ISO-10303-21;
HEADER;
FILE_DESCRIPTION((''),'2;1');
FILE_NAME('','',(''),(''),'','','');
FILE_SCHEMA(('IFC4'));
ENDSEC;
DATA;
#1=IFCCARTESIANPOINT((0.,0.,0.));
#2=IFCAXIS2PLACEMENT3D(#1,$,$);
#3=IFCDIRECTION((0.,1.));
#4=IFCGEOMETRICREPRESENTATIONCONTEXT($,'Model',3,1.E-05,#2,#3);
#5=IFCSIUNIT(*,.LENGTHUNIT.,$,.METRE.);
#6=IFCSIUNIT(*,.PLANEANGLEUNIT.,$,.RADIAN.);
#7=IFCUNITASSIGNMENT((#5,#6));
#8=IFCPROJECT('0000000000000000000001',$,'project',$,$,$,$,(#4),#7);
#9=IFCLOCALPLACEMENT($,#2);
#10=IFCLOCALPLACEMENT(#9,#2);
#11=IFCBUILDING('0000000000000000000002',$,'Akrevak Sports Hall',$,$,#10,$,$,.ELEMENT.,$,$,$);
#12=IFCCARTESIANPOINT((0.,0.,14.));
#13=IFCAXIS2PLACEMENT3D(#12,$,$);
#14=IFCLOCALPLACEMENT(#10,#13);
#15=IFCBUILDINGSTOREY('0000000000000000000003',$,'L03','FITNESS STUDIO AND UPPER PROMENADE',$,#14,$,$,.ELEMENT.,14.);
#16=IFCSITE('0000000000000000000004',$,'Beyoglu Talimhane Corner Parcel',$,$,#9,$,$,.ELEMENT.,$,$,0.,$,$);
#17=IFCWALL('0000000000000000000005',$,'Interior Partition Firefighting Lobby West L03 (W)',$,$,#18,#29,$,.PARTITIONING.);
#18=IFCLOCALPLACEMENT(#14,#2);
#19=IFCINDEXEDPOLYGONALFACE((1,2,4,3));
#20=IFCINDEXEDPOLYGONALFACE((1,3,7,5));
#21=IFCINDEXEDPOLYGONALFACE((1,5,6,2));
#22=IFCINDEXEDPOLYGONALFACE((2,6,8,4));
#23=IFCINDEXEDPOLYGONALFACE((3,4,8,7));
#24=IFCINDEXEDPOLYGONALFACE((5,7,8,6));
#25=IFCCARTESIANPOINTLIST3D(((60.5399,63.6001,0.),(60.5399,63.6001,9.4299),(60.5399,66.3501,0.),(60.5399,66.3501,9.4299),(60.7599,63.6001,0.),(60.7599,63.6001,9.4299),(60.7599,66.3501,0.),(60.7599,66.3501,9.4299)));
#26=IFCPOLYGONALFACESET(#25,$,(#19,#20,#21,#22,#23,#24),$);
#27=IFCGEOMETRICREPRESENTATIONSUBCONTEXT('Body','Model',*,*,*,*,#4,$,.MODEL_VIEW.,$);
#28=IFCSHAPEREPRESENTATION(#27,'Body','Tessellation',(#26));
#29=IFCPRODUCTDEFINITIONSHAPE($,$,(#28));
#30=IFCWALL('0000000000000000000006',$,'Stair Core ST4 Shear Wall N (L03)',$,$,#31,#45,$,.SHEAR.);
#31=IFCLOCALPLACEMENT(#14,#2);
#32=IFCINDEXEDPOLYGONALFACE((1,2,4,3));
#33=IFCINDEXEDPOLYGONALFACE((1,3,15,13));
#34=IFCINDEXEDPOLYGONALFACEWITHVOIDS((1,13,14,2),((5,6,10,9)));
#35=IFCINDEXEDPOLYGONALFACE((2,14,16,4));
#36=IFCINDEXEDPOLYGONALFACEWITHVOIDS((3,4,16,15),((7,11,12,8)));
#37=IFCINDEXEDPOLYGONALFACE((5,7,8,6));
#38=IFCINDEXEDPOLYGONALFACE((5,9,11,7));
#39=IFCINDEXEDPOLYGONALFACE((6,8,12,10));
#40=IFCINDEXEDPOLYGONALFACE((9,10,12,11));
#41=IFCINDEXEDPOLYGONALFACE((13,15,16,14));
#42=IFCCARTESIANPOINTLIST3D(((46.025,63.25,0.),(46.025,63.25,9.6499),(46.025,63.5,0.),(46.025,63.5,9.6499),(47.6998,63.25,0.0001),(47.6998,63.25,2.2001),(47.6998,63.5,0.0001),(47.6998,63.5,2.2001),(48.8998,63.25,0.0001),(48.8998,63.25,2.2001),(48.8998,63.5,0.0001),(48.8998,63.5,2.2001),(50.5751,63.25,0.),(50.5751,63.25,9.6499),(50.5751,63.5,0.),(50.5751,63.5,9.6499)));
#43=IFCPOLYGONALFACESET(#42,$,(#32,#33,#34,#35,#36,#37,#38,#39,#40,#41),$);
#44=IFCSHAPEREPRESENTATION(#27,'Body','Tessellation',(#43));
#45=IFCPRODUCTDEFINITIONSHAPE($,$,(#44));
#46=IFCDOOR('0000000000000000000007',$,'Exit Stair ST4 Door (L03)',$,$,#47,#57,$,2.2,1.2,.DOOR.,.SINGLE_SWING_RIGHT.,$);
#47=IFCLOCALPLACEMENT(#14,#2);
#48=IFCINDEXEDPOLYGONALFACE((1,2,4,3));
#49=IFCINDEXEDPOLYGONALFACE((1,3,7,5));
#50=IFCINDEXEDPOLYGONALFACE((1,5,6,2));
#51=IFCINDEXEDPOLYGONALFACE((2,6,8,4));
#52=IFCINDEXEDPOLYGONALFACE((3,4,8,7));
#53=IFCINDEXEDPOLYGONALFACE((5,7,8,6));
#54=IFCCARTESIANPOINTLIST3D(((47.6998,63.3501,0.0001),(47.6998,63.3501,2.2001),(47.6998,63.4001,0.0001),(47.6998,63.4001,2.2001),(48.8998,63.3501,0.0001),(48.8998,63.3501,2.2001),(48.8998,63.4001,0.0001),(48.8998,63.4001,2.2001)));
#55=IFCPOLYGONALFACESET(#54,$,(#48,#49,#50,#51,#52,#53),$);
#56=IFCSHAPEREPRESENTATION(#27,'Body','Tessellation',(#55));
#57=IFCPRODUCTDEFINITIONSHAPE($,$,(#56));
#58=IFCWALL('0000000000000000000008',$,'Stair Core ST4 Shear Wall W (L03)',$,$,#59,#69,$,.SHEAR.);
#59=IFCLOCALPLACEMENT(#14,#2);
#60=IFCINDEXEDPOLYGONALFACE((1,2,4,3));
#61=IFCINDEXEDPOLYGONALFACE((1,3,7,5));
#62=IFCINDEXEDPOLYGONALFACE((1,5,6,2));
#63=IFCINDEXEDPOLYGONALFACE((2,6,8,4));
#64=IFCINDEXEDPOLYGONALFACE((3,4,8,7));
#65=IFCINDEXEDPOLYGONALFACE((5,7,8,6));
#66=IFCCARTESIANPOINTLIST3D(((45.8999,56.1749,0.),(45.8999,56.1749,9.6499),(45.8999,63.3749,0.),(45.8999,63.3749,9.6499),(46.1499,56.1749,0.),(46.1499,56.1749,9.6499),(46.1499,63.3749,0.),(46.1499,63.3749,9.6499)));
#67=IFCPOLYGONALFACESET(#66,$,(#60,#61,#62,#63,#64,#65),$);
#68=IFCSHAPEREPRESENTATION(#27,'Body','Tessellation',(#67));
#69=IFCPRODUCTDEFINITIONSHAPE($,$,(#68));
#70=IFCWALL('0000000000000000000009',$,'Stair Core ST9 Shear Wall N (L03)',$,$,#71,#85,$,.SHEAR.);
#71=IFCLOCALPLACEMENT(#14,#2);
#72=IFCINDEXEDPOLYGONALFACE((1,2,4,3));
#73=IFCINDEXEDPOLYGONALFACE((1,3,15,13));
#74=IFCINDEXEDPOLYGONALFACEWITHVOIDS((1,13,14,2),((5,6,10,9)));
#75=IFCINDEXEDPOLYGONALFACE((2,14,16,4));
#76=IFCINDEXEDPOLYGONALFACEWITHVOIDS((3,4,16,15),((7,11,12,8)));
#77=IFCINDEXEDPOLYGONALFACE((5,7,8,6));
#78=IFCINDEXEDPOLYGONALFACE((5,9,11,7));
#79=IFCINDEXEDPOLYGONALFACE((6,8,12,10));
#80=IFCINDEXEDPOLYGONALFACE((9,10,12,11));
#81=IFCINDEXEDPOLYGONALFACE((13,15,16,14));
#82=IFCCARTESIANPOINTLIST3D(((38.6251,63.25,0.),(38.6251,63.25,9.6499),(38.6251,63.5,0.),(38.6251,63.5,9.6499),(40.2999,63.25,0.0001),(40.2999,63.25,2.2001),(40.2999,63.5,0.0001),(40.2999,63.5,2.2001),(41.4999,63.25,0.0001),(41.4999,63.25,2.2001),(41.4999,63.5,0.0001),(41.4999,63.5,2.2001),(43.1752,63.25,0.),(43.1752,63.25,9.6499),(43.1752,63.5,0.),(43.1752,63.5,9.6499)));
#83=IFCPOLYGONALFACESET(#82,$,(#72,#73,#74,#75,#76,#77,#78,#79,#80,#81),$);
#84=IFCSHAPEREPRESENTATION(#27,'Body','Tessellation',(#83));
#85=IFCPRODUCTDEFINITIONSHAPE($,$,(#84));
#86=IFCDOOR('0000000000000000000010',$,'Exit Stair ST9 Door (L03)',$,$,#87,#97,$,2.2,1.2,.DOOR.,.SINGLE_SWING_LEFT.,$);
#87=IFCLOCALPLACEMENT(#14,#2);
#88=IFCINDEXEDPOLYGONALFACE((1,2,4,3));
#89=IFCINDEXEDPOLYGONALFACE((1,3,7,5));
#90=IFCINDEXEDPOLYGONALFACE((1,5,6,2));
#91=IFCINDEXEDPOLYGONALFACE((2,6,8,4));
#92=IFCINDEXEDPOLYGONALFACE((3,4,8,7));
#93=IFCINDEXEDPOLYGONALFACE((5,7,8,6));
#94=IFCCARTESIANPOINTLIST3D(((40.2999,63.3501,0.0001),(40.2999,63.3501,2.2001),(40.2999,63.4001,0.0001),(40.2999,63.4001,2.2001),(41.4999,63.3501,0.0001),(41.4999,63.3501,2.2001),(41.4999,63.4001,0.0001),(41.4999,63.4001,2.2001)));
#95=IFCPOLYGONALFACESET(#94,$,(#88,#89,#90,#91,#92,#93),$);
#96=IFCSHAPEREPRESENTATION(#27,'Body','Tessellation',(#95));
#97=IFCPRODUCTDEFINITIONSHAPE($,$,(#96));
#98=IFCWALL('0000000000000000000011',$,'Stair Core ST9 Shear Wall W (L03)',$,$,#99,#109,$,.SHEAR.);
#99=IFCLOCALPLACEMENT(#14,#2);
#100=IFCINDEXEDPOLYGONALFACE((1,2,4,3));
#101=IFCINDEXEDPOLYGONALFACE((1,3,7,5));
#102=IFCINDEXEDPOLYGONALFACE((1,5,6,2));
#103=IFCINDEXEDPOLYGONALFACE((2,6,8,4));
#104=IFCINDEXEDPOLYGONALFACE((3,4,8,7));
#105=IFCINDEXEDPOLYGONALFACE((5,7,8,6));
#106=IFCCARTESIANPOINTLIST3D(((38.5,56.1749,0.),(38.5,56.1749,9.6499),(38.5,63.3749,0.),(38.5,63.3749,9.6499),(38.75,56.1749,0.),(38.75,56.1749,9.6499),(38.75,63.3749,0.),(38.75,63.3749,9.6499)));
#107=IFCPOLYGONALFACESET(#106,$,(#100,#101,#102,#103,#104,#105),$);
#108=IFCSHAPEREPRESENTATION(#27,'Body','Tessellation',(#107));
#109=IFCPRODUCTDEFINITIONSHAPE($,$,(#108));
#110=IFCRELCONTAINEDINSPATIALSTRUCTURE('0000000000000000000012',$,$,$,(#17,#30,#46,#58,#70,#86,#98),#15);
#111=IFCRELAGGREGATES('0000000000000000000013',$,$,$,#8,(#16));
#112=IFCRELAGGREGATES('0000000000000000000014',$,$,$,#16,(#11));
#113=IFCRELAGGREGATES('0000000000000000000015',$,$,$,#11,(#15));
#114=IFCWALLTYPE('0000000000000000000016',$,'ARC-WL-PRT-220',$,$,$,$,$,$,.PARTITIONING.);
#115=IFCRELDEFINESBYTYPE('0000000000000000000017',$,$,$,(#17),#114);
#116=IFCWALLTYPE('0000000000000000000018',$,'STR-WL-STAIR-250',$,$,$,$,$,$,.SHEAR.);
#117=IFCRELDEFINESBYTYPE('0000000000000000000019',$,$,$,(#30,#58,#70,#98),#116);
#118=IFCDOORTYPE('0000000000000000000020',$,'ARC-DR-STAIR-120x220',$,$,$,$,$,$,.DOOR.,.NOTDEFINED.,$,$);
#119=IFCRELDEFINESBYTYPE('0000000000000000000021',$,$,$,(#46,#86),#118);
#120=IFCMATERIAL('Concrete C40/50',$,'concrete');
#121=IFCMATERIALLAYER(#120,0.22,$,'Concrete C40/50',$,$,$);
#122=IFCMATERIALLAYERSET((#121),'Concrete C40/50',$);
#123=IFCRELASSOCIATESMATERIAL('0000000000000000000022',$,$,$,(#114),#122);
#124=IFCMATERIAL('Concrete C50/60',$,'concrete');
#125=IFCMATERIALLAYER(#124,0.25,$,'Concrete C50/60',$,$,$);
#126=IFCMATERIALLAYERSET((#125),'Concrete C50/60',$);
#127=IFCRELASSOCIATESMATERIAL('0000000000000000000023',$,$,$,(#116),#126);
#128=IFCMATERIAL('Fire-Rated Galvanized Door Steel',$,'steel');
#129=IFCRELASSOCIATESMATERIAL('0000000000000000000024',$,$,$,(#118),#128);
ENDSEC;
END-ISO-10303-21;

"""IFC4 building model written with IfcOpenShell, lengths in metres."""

from ifc_helpers import new_model, si_unit, direction, frame, frame_2d, origin, place, context, subcontext, project, spatial, rectangle, extrude, material, layer, layer_set, type_object, element, fill, save


model = new_model("IFC4")

# Units and contexts
model_context = context("Model", 3, precision=1e-05, world=origin(), true_north=direction((0.0, 1.0)))
body_context = subcontext(model_context, "Body", "Model", "MODEL_VIEW")
ifc_project = project(units=[si_unit("LENGTHUNIT", "METRE"), si_unit("PLANEANGLEUNIT", "RADIAN")], contexts=[model_context])

# Site, building, storey
site_placement = place(None, origin())
site = spatial("IfcSite", under=ifc_project, at=site_placement, Name="Beyoglu Talimhane Corner Parcel", CompositionType="ELEMENT", RefElevation=0.0)
building_placement = place(site_placement, origin())
building = spatial("IfcBuilding", under=site, at=building_placement, Name="Akrevak Sports Hall", CompositionType="ELEMENT")
storey_placement = place(building_placement, frame((0.0, 0.0, 14.0)))
storey = spatial("IfcBuildingStorey", under=building, at=storey_placement, Name="L03", Description="FITNESS STUDIO AND UPPER PROMENADE", CompositionType="ELEMENT", Elevation=14.0)

# Shared definitions
ifc_material_1 = material(Name="Concrete C50/60", Category="concrete")
ifc_material_2 = material(Name="Concrete C40/50", Category="concrete")

# Shared definitions
ifc_layer_1 = layer(ifc_material_2, 0.22, Name="Concrete C40/50")
ifc_layer_set_1 = layer_set([ifc_layer_1], Name="Concrete C40/50")
wall_type_1 = type_object("IfcWallType", Name="ARC-WL-PRT-220", PredefinedType="PARTITIONING", material=ifc_layer_set_1)
ifc_material_3 = material(Name="Fire-Rated Galvanized Door Steel", Category="steel")

# Wall
wall_1_placement = place(storey_placement, frame((60.6499, 63.6001, 0.0), z_axis=(0.0, 0.0, 1.0), x_axis=(0.0, 1.0, 0.0)))
element("IfcWall", 1, at=wall_1_placement, inside=storey, type_object=wall_type_1, Name="Interior Partition Firefighting Lobby West L03 (W)", PredefinedType="PARTITIONING", context=body_context, shape_type="SweptSolid", body=[
    extrude(rectangle(XDim=2.75, YDim=0.22, at=frame_2d((1.375, 0.0))), origin(), (0.0, 0.0, 1.0), 9.4299),
])

# Wall, opening, door
ifc_layer_2 = layer(ifc_material_1, 0.25, Name="Concrete C50/60")
ifc_layer_set_2 = layer_set([ifc_layer_2], Name="Concrete C50/60")
wall_type_2 = type_object("IfcWallType", Name="STR-WL-STAIR-250", PredefinedType="SHEAR", material=ifc_layer_set_2)
wall_2_placement = place(storey_placement, frame((50.575, 63.375, 0.0), z_axis=(0.0, 0.0, 1.0), x_axis=(-1.0, 0.0, 0.0)))
wall_2 = element("IfcWall", 2, at=wall_2_placement, inside=storey, type_object=wall_type_2, Name="Stair Core ST4 Shear Wall N (L03)", PredefinedType="SHEAR", context=body_context, shape_type="SweptSolid", body=[
    extrude(rectangle(XDim=4.55, YDim=0.25, at=frame_2d((2.2749, 0.0))), origin(), (0.0, 0.0, 1.0), 9.6499),
])
opening_1_placement = place(wall_2_placement, frame((1.675, 0.0, 0.0)))
opening_1 = element("IfcOpeningElement", 3, at=opening_1_placement, cuts=wall_2, PredefinedType="OPENING", context=body_context, shape_type="SweptSolid", body=[
    extrude(rectangle(XDim=1.2, YDim=2.2, at=frame_2d((0.6001, 1.1001))), frame((0.0, 0.137, 0.0), z_axis=(0.0, -1.0, 0.0), x_axis=(1.0, 0.0, 0.0)), (0.0, 0.0, 1.0), 0.2739),
])
door_type_1 = type_object("IfcDoorType", Name="ARC-DR-STAIR-120x220", OperationType="NOTDEFINED", PredefinedType="DOOR", material=ifc_material_3)
door_1_placement = place(opening_1_placement, origin())
door_1 = element("IfcDoor", 4, at=door_1_placement, inside=storey, type_object=door_type_1, Name="Exit Stair ST4 Door (L03)", OperationType="SINGLE_SWING_RIGHT", OverallHeight=2.2, OverallWidth=1.2, PredefinedType="DOOR", context=body_context, shape_type="SweptSolid", body=[
    extrude(rectangle(XDim=1.2, YDim=2.2, at=frame_2d((0.6001, 1.1001))), frame((0.0, 0.0249, 0.0), z_axis=(0.0, -1.0, 0.0), x_axis=(1.0, 0.0, 0.0)), (0.0, 0.0, 1.0), 0.05),
])
fill(opening_1, door_1)

# Wall
wall_3_placement = place(storey_placement, frame((46.0249, 63.375, 0.0), z_axis=(0.0, 0.0, 1.0), x_axis=(0.0, -1.0, 0.0)))
element("IfcWall", 5, at=wall_3_placement, inside=storey, type_object=wall_type_2, Name="Stair Core ST4 Shear Wall W (L03)", PredefinedType="SHEAR", context=body_context, shape_type="SweptSolid", body=[
    extrude(rectangle(XDim=7.2, YDim=0.25, at=frame_2d((3.6001, 0.0))), origin(), (0.0, 0.0, 1.0), 9.6499),
])

# Wall, opening, door
wall_4_placement = place(storey_placement, frame((43.175, 63.375, 0.0), z_axis=(0.0, 0.0, 1.0), x_axis=(-1.0, 0.0, 0.0)))
wall_4 = element("IfcWall", 6, at=wall_4_placement, inside=storey, type_object=wall_type_2, Name="Stair Core ST9 Shear Wall N (L03)", PredefinedType="SHEAR", context=body_context, shape_type="SweptSolid", body=[
    extrude(rectangle(XDim=4.55, YDim=0.25, at=frame_2d((2.2749, 0.0))), origin(), (0.0, 0.0, 1.0), 9.6499),
])
opening_2_placement = place(wall_4_placement, frame((1.675, 0.0, 0.0)))
opening_2 = element("IfcOpeningElement", 7, at=opening_2_placement, cuts=wall_4, PredefinedType="OPENING", context=body_context, shape_type="SweptSolid", body=[
    extrude(rectangle(XDim=1.2, YDim=2.2, at=frame_2d((0.6001, 1.1001))), frame((0.0, 0.137, 0.0), z_axis=(0.0, -1.0, 0.0), x_axis=(1.0, 0.0, 0.0)), (0.0, 0.0, 1.0), 0.2739),
])
door_2_placement = place(opening_2_placement, origin())
door_2 = element("IfcDoor", 8, at=door_2_placement, inside=storey, type_object=door_type_1, Name="Exit Stair ST9 Door (L03)", OperationType="SINGLE_SWING_LEFT", OverallHeight=2.2, OverallWidth=1.2, PredefinedType="DOOR", context=body_context, shape_type="SweptSolid", body=[
    extrude(rectangle(XDim=1.2, YDim=2.2, at=frame_2d((0.6001, 1.1001))), frame((0.0, 0.0249, 0.0), z_axis=(0.0, -1.0, 0.0), x_axis=(1.0, 0.0, 0.0)), (0.0, 0.0, 1.0), 0.05),
])
fill(opening_2, door_2)

# Wall
wall_5_placement = place(storey_placement, frame((38.625, 63.375, 0.0), z_axis=(0.0, 0.0, 1.0), x_axis=(0.0, -1.0, 0.0)))
element("IfcWall", 9, at=wall_5_placement, inside=storey, type_object=wall_type_2, Name="Stair Core ST9 Shear Wall W (L03)", PredefinedType="SHEAR", context=body_context, shape_type="SweptSolid", body=[
    extrude(rectangle(XDim=7.2, YDim=0.25, at=frame_2d((3.6001, 0.0))), origin(), (0.0, 0.0, 1.0), 9.6499),
])

save(model, "model.ifc")
